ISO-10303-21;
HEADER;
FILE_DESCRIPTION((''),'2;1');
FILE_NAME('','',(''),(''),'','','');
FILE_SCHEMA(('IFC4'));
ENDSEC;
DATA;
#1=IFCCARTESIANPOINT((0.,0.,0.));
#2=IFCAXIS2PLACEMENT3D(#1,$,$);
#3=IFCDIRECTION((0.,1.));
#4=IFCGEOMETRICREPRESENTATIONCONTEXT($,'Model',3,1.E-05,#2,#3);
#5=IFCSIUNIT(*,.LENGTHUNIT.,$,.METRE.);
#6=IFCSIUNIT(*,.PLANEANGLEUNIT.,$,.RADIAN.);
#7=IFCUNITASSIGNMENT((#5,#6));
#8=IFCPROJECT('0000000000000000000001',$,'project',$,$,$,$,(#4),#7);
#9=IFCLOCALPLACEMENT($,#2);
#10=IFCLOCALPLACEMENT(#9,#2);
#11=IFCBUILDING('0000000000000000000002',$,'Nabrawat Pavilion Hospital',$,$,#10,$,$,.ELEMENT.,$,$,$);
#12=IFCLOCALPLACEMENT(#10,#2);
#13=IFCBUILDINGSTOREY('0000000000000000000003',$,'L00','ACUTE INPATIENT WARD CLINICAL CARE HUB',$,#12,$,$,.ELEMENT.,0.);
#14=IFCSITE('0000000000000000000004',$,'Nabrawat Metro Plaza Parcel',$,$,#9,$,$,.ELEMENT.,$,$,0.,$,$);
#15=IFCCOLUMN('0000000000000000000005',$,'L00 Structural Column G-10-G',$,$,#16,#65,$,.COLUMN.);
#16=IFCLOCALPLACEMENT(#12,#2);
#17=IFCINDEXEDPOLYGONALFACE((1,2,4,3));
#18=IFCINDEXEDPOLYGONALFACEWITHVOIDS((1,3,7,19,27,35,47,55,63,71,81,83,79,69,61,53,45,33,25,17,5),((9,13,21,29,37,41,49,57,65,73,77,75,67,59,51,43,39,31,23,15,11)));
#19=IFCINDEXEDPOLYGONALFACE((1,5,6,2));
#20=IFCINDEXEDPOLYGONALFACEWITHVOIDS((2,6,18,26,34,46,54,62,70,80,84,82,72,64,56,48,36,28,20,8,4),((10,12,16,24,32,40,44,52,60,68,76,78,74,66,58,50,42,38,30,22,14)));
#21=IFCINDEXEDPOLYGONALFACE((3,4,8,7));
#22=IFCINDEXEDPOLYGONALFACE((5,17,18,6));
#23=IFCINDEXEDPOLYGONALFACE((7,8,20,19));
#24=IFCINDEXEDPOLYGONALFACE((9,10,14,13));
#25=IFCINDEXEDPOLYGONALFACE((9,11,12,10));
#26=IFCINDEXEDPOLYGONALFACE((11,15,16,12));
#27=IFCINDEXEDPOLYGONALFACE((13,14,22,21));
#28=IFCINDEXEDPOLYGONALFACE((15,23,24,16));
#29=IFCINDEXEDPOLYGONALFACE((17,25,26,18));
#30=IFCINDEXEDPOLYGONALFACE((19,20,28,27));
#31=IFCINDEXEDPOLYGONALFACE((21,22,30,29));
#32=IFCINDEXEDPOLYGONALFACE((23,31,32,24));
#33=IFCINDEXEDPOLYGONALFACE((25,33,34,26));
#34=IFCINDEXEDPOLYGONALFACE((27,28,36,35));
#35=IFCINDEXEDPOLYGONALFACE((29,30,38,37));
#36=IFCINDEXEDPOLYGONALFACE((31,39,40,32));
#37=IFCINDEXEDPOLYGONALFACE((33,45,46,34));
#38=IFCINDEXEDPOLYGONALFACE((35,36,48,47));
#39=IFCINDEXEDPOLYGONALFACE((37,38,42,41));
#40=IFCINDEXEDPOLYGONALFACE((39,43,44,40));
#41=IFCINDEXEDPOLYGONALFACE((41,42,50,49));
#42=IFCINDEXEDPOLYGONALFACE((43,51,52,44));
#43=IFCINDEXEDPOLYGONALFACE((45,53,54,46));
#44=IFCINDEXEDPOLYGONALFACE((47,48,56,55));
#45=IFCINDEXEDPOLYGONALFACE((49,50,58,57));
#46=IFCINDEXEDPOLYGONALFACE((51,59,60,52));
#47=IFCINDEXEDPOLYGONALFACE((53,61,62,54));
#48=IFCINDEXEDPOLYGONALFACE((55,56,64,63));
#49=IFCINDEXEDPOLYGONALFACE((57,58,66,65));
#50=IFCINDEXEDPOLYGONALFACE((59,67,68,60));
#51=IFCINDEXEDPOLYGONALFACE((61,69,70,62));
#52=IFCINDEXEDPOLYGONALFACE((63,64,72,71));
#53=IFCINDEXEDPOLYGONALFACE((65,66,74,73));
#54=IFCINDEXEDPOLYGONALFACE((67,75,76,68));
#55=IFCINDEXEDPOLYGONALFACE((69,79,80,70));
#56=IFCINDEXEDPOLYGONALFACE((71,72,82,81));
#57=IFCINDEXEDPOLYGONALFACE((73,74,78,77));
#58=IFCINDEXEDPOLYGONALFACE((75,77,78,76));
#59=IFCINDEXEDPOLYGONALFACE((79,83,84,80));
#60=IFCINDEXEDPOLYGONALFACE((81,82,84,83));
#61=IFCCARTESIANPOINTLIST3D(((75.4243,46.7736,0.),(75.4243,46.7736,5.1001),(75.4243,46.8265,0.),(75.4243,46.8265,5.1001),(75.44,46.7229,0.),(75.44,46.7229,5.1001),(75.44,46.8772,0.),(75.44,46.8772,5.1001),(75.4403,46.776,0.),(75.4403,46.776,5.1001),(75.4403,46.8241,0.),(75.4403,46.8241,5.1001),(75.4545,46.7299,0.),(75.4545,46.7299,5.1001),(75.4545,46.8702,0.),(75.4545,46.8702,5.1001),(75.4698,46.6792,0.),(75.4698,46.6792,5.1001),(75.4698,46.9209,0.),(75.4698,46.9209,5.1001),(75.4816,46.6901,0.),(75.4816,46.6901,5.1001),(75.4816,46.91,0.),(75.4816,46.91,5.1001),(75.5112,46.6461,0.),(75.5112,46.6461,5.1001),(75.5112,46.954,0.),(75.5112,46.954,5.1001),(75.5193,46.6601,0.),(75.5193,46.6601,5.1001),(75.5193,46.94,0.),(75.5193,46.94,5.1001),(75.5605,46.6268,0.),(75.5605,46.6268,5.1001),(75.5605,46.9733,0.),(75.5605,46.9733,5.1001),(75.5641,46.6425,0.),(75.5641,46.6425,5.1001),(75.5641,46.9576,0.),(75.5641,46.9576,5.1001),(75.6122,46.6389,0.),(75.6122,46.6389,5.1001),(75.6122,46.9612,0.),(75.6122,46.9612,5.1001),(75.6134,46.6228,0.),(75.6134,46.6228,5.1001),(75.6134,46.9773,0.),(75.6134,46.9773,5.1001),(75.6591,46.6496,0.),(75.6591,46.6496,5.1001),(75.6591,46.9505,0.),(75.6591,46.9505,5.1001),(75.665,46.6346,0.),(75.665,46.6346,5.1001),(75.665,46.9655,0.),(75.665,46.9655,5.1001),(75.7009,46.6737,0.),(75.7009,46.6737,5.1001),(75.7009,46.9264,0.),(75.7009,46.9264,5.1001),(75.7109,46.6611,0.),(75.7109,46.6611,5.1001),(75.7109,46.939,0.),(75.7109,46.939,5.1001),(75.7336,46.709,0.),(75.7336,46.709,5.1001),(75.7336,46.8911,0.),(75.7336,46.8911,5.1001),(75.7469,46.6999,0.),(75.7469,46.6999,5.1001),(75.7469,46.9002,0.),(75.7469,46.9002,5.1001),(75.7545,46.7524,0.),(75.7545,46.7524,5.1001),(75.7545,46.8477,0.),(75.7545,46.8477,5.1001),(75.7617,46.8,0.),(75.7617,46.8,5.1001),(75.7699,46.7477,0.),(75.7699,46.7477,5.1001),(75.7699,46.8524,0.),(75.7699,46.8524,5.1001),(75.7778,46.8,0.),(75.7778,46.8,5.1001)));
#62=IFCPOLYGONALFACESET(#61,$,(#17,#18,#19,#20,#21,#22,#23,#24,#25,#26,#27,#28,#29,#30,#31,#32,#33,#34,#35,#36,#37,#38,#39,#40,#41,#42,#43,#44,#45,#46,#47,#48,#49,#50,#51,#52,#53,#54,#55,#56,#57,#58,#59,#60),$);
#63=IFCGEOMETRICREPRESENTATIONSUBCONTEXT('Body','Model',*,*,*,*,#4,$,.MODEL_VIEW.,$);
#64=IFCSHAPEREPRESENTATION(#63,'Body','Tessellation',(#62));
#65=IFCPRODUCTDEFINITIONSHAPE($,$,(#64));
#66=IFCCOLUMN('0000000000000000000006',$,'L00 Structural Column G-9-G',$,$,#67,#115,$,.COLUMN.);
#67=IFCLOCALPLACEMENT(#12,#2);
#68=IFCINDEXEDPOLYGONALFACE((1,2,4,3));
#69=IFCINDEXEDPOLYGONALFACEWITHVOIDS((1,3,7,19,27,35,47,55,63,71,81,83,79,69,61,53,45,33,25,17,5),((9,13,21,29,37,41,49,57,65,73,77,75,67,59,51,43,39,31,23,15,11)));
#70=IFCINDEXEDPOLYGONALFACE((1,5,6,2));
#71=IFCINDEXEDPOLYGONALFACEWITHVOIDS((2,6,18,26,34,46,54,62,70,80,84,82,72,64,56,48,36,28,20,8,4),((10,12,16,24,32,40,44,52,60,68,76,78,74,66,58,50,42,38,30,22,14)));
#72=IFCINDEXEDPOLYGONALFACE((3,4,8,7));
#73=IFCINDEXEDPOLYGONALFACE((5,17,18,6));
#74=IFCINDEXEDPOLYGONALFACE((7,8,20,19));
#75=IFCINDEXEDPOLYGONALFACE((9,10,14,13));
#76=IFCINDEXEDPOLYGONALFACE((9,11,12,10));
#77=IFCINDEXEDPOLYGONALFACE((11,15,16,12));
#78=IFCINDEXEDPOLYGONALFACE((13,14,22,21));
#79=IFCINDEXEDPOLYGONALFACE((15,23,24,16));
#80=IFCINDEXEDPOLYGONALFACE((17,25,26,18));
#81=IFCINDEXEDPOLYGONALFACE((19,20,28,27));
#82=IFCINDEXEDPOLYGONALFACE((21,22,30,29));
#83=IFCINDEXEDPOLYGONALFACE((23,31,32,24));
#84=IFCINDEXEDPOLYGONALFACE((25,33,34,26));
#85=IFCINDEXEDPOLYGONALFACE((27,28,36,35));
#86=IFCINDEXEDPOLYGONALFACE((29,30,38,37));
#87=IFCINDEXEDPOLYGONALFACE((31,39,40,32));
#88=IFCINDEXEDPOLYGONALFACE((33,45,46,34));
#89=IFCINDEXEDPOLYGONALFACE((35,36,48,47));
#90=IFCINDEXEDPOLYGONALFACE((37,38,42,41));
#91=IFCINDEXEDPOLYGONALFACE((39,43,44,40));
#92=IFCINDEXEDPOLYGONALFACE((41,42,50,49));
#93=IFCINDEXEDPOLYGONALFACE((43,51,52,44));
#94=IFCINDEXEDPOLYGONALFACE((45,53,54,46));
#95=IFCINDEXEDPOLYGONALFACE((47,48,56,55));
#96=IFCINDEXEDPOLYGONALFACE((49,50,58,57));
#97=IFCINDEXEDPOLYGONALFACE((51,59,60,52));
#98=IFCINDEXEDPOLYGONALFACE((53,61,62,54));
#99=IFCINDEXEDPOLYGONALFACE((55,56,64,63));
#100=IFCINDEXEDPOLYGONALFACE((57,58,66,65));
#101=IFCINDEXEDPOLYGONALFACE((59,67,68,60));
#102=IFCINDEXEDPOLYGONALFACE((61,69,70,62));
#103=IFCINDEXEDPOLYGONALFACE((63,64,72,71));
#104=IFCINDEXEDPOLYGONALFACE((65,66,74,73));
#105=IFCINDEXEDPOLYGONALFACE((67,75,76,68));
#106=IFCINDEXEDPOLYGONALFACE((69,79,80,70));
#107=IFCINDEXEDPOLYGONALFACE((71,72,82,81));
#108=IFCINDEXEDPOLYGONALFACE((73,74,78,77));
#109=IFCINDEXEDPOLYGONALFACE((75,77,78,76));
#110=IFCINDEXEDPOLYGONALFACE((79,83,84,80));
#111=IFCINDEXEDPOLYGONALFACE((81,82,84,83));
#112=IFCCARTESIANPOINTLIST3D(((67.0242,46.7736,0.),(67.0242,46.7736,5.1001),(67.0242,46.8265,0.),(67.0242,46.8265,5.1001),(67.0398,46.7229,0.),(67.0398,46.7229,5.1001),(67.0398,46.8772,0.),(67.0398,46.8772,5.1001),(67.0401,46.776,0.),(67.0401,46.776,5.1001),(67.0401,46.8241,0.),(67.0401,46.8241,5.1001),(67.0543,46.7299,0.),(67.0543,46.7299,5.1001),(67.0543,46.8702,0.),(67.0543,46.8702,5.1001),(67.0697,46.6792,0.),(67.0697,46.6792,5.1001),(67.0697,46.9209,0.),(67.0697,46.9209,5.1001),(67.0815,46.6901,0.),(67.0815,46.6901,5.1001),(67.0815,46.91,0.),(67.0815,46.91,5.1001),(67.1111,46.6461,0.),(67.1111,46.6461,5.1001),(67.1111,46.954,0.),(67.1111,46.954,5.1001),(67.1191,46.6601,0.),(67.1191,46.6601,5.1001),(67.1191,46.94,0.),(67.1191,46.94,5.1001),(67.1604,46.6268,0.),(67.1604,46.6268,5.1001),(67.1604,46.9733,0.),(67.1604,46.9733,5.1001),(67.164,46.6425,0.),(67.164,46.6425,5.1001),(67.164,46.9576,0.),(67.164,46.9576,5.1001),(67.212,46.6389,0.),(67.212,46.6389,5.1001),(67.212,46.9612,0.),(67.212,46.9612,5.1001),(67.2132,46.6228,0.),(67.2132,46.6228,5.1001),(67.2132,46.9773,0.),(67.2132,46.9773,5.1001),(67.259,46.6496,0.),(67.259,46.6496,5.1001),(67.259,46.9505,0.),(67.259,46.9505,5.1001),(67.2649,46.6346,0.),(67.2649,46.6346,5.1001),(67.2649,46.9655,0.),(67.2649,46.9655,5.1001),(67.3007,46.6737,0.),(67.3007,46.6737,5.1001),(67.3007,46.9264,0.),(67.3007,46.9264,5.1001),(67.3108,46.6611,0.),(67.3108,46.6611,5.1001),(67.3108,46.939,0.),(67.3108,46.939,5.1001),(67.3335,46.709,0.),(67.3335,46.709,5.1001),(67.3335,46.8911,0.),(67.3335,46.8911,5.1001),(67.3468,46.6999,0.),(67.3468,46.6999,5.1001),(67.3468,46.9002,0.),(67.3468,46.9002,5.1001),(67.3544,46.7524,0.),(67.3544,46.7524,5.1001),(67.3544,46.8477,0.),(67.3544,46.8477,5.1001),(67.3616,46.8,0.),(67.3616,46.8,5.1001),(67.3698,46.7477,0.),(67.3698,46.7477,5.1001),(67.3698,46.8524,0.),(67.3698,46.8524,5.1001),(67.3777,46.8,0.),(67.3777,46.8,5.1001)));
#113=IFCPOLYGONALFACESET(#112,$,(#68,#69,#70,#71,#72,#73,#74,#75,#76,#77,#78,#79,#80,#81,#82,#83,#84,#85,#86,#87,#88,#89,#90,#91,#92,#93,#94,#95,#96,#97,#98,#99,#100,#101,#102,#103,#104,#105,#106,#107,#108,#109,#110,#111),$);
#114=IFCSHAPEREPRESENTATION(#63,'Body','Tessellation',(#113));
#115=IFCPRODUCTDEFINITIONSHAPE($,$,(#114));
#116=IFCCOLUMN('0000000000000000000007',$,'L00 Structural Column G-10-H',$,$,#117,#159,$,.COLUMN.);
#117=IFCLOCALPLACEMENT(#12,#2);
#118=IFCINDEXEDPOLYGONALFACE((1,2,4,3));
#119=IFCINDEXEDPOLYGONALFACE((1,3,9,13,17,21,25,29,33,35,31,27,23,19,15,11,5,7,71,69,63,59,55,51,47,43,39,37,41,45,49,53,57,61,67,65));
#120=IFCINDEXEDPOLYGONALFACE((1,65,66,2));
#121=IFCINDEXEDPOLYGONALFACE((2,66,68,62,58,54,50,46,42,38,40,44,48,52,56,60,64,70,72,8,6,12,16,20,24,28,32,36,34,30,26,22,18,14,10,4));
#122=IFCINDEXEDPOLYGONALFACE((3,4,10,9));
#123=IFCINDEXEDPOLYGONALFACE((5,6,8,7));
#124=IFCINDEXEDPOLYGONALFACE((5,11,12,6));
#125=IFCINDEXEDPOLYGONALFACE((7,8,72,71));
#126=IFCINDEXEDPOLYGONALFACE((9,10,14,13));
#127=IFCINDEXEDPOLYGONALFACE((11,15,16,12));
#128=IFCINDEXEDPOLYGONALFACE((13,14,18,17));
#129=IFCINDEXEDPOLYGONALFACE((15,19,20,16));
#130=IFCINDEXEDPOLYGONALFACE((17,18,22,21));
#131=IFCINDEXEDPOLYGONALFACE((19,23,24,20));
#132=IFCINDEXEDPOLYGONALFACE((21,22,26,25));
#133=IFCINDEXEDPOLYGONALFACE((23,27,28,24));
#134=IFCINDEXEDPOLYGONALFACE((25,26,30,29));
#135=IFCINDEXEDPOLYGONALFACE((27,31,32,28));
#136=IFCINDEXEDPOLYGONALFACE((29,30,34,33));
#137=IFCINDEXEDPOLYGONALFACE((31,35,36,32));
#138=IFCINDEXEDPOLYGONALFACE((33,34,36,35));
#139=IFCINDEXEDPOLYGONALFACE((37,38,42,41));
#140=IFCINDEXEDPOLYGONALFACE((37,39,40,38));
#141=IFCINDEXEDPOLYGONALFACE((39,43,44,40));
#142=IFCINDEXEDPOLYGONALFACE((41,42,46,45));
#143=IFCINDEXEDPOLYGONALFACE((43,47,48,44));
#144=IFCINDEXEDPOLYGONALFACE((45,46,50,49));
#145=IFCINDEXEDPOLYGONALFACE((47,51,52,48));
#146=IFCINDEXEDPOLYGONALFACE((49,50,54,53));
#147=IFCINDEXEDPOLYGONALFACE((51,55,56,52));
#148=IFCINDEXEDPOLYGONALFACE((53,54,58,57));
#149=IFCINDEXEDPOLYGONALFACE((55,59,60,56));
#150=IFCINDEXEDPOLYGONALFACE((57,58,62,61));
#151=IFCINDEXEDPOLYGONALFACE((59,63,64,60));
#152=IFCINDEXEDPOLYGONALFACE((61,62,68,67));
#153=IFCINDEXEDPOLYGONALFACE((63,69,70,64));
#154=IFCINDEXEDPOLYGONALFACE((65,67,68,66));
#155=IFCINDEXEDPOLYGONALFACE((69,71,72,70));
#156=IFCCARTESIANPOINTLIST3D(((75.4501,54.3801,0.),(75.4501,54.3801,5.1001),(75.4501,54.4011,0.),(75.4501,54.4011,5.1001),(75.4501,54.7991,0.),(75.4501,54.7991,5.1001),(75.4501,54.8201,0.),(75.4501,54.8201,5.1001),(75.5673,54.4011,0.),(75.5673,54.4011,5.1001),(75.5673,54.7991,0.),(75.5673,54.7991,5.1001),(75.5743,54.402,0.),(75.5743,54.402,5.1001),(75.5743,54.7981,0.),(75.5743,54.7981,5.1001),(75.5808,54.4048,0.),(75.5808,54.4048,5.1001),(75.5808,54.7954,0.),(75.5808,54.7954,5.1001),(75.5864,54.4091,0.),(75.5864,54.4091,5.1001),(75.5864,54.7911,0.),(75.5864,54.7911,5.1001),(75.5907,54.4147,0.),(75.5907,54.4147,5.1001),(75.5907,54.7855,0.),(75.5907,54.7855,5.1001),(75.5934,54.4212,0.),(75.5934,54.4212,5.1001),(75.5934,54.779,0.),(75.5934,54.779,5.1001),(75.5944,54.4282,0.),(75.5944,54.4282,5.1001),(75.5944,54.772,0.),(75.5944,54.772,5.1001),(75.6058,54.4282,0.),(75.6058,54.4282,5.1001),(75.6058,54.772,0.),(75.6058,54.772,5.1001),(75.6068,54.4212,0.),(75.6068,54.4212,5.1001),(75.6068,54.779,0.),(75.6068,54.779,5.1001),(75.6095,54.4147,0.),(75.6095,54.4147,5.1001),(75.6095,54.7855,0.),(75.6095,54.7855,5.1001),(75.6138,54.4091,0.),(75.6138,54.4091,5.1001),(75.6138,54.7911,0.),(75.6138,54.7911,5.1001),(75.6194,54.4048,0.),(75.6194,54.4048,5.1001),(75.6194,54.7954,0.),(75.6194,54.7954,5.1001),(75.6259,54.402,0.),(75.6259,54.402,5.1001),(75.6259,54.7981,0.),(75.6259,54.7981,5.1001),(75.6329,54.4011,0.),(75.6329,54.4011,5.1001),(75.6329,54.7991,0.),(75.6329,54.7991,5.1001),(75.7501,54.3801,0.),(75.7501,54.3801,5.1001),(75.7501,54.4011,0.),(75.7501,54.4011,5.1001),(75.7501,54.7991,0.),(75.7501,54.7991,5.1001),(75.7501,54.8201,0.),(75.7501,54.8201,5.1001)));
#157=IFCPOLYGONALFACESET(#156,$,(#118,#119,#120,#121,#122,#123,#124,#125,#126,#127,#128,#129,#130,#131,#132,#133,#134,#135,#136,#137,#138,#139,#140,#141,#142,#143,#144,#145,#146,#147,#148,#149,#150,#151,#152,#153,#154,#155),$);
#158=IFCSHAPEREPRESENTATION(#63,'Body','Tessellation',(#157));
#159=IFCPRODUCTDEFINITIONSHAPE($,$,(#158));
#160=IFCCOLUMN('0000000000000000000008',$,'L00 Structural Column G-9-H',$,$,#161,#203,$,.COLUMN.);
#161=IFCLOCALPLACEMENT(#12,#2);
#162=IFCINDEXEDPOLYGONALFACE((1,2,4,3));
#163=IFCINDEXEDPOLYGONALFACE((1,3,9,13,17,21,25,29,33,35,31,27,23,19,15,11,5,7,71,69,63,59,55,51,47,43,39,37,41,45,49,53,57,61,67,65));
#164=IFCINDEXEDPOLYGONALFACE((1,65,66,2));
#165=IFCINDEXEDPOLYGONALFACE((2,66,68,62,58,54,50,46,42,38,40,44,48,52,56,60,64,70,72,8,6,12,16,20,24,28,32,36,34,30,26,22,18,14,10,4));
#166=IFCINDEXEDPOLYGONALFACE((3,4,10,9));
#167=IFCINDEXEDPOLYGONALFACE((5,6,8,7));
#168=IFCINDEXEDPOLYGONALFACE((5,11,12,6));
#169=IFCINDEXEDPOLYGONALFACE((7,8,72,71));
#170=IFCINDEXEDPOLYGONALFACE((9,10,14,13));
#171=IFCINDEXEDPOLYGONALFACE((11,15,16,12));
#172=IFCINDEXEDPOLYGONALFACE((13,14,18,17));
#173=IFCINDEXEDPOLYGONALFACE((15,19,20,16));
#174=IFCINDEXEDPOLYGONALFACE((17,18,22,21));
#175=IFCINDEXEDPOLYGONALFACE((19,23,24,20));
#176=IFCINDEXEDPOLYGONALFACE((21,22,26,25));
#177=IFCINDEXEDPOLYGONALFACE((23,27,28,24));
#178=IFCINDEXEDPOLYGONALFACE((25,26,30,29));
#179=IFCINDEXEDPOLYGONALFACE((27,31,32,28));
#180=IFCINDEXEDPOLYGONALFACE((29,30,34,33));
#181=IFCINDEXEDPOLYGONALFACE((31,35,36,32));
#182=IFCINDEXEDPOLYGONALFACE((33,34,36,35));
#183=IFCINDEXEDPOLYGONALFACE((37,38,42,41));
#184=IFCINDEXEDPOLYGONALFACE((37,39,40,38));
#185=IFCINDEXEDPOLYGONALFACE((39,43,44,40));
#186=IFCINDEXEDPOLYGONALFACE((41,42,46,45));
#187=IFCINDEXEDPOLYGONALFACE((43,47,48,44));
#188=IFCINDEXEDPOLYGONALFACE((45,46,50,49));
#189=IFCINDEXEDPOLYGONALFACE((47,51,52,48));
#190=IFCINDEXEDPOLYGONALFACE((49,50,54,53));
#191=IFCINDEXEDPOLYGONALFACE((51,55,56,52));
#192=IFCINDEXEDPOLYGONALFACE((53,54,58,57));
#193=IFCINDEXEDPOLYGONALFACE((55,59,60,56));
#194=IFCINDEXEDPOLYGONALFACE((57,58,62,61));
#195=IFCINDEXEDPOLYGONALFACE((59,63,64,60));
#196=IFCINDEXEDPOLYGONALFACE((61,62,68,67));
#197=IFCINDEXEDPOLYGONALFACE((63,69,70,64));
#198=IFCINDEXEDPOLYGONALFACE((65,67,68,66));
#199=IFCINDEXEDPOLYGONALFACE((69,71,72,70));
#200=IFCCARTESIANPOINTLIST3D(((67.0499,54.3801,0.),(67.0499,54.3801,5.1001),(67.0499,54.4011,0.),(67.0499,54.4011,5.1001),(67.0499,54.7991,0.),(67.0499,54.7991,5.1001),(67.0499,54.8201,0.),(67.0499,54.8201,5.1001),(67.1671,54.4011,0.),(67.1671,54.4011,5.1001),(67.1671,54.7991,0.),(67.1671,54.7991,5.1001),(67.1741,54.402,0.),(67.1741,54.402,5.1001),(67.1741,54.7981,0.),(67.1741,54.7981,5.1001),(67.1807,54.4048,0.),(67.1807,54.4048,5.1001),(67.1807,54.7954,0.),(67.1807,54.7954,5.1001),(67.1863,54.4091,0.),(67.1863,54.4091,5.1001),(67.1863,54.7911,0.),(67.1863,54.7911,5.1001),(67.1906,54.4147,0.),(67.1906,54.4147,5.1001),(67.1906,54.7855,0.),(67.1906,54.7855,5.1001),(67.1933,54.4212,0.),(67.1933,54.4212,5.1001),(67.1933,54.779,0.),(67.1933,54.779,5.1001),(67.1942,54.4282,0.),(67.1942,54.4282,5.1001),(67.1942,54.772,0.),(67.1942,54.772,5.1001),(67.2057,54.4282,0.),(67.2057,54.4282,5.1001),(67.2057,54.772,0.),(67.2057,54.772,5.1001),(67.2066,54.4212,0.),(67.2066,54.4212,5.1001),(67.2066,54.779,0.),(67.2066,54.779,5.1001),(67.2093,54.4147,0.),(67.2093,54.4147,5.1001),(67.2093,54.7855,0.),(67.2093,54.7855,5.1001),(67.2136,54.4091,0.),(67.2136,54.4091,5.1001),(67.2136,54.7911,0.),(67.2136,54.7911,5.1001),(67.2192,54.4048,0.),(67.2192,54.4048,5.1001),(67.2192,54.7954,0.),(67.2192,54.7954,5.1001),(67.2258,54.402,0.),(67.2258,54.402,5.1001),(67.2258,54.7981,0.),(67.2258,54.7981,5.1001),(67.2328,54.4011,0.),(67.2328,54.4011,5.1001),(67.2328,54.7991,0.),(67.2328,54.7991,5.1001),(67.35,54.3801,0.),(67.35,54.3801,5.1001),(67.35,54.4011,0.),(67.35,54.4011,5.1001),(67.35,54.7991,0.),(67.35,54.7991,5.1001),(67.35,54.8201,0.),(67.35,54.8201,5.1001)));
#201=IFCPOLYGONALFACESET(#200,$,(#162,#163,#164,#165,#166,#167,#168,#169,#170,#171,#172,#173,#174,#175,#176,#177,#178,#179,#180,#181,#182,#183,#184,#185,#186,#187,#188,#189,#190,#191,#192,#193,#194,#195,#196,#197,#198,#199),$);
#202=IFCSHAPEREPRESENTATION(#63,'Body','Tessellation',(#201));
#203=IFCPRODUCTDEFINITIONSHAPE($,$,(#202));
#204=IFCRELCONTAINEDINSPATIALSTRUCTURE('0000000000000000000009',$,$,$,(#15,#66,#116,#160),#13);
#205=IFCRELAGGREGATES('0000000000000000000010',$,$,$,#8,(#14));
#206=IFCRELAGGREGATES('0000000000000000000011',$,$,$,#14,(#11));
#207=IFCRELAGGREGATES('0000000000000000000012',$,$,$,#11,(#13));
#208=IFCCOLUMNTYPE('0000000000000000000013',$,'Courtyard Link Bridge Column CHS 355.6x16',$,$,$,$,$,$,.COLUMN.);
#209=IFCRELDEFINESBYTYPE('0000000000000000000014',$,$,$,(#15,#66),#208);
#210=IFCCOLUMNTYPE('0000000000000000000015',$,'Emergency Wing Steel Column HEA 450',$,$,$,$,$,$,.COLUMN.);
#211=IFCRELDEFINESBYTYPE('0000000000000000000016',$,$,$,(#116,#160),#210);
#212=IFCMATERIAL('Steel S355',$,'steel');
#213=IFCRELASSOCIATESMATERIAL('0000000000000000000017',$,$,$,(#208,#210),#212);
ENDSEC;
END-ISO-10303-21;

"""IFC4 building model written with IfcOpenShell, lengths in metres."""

from ifc_helpers import new_model, si_unit, direction, frame, origin, origin_2d, place, context, subcontext, project, spatial, hollow_circle, i_section, extrude, material, material_profile, profile_set, type_object, element, save


model = new_model("IFC4")

# Units and contexts
model_context = context("Model", 3, precision=1e-05, world=origin(), true_north=direction((0.0, 1.0)))
body_context = subcontext(model_context, "Body", "Model", "MODEL_VIEW")
ifc_project = project(units=[si_unit("LENGTHUNIT", "METRE"), si_unit("PLANEANGLEUNIT", "RADIAN")], contexts=[model_context])

# Site, building, storey
site_placement = place(None, origin())
site = spatial("IfcSite", under=ifc_project, at=site_placement, Name="Nabrawat Metro Plaza Parcel", CompositionType="ELEMENT", RefElevation=0.0)
building_placement = place(site_placement, origin())
building = spatial("IfcBuilding", under=site, at=building_placement, Name="Nabrawat Pavilion Hospital", CompositionType="ELEMENT")
storey_placement = place(building_placement, origin())
storey = spatial("IfcBuildingStorey", under=building, at=storey_placement, Name="L00", Description="ACUTE INPATIENT WARD CLINICAL CARE HUB", CompositionType="ELEMENT", Elevation=0.0)

# Columns
ifc_material_1 = material(Name="Steel S355", Category="steel")
ifc_material_profile_1 = material_profile(ifc_material_1, hollow_circle(Radius=0.1777, WallThickness=0.0161, at=origin_2d()), Name="CHS 355.6x16")
ifc_profile_set_1 = profile_set([ifc_material_profile_1], Name="Steel S355")
column_type_1 = type_object("IfcColumnType", Name="Courtyard Link Bridge Column CHS 355.6x16", PredefinedType="COLUMN", material=ifc_profile_set_1)
for number, where, z_axis, x_axis, name in (
    (1, (75.6001, 46.8, 0.0), (0.0, 0.0, 1.0), (1.0, 0.0, 0.0), "L00 Structural Column G-10-G"),
    (2, (67.2, 46.8, 0.0), (0.0, 0.0, 1.0), (1.0, 0.0, 0.0), "L00 Structural Column G-9-G"),
):
    element("IfcColumn", number, at=place(storey_placement, frame(where, z_axis=z_axis, x_axis=x_axis)), inside=storey, type_object=column_type_1, Name=name, PredefinedType="COLUMN", context=body_context, shape_type="SweptSolid", body=[
        extrude(hollow_circle(Radius=0.1777, WallThickness=0.0161, at=origin_2d()), origin(), (0.0, 0.0, 1.0), 5.1001),
    ])
ifc_material_profile_2 = material_profile(ifc_material_1, i_section(OverallWidth=0.3, OverallDepth=0.4399, WebThickness=0.0115, FlangeThickness=0.021, FilletRadius=0.0271, at=origin_2d()), Name="HEA 450")
ifc_profile_set_2 = profile_set([ifc_material_profile_2], Name="Steel S355")
column_type_2 = type_object("IfcColumnType", Name="Emergency Wing Steel Column HEA 450", PredefinedType="COLUMN", material=ifc_profile_set_2)
for number, where, z_axis, x_axis, name in (
    (3, (75.6001, 54.6001, 0.0), (0.0, 0.0, 1.0), (1.0, 0.0, 0.0), "L00 Structural Column G-10-H"),
    (4, (67.2, 54.6001, 0.0), (0.0, 0.0, 1.0), (1.0, 0.0, 0.0), "L00 Structural Column G-9-H"),
):
    element("IfcColumn", number, at=place(storey_placement, frame(where, z_axis=z_axis, x_axis=x_axis)), inside=storey, type_object=column_type_2, Name=name, PredefinedType="COLUMN", context=body_context, shape_type="SweptSolid", body=[
        extrude(i_section(OverallWidth=0.3, OverallDepth=0.4399, WebThickness=0.0115, FlangeThickness=0.021, FilletRadius=0.0271, at=origin_2d()), origin(), (0.0, 0.0, 1.0), 5.1001),
    ])

save(model, "model.ifc")
